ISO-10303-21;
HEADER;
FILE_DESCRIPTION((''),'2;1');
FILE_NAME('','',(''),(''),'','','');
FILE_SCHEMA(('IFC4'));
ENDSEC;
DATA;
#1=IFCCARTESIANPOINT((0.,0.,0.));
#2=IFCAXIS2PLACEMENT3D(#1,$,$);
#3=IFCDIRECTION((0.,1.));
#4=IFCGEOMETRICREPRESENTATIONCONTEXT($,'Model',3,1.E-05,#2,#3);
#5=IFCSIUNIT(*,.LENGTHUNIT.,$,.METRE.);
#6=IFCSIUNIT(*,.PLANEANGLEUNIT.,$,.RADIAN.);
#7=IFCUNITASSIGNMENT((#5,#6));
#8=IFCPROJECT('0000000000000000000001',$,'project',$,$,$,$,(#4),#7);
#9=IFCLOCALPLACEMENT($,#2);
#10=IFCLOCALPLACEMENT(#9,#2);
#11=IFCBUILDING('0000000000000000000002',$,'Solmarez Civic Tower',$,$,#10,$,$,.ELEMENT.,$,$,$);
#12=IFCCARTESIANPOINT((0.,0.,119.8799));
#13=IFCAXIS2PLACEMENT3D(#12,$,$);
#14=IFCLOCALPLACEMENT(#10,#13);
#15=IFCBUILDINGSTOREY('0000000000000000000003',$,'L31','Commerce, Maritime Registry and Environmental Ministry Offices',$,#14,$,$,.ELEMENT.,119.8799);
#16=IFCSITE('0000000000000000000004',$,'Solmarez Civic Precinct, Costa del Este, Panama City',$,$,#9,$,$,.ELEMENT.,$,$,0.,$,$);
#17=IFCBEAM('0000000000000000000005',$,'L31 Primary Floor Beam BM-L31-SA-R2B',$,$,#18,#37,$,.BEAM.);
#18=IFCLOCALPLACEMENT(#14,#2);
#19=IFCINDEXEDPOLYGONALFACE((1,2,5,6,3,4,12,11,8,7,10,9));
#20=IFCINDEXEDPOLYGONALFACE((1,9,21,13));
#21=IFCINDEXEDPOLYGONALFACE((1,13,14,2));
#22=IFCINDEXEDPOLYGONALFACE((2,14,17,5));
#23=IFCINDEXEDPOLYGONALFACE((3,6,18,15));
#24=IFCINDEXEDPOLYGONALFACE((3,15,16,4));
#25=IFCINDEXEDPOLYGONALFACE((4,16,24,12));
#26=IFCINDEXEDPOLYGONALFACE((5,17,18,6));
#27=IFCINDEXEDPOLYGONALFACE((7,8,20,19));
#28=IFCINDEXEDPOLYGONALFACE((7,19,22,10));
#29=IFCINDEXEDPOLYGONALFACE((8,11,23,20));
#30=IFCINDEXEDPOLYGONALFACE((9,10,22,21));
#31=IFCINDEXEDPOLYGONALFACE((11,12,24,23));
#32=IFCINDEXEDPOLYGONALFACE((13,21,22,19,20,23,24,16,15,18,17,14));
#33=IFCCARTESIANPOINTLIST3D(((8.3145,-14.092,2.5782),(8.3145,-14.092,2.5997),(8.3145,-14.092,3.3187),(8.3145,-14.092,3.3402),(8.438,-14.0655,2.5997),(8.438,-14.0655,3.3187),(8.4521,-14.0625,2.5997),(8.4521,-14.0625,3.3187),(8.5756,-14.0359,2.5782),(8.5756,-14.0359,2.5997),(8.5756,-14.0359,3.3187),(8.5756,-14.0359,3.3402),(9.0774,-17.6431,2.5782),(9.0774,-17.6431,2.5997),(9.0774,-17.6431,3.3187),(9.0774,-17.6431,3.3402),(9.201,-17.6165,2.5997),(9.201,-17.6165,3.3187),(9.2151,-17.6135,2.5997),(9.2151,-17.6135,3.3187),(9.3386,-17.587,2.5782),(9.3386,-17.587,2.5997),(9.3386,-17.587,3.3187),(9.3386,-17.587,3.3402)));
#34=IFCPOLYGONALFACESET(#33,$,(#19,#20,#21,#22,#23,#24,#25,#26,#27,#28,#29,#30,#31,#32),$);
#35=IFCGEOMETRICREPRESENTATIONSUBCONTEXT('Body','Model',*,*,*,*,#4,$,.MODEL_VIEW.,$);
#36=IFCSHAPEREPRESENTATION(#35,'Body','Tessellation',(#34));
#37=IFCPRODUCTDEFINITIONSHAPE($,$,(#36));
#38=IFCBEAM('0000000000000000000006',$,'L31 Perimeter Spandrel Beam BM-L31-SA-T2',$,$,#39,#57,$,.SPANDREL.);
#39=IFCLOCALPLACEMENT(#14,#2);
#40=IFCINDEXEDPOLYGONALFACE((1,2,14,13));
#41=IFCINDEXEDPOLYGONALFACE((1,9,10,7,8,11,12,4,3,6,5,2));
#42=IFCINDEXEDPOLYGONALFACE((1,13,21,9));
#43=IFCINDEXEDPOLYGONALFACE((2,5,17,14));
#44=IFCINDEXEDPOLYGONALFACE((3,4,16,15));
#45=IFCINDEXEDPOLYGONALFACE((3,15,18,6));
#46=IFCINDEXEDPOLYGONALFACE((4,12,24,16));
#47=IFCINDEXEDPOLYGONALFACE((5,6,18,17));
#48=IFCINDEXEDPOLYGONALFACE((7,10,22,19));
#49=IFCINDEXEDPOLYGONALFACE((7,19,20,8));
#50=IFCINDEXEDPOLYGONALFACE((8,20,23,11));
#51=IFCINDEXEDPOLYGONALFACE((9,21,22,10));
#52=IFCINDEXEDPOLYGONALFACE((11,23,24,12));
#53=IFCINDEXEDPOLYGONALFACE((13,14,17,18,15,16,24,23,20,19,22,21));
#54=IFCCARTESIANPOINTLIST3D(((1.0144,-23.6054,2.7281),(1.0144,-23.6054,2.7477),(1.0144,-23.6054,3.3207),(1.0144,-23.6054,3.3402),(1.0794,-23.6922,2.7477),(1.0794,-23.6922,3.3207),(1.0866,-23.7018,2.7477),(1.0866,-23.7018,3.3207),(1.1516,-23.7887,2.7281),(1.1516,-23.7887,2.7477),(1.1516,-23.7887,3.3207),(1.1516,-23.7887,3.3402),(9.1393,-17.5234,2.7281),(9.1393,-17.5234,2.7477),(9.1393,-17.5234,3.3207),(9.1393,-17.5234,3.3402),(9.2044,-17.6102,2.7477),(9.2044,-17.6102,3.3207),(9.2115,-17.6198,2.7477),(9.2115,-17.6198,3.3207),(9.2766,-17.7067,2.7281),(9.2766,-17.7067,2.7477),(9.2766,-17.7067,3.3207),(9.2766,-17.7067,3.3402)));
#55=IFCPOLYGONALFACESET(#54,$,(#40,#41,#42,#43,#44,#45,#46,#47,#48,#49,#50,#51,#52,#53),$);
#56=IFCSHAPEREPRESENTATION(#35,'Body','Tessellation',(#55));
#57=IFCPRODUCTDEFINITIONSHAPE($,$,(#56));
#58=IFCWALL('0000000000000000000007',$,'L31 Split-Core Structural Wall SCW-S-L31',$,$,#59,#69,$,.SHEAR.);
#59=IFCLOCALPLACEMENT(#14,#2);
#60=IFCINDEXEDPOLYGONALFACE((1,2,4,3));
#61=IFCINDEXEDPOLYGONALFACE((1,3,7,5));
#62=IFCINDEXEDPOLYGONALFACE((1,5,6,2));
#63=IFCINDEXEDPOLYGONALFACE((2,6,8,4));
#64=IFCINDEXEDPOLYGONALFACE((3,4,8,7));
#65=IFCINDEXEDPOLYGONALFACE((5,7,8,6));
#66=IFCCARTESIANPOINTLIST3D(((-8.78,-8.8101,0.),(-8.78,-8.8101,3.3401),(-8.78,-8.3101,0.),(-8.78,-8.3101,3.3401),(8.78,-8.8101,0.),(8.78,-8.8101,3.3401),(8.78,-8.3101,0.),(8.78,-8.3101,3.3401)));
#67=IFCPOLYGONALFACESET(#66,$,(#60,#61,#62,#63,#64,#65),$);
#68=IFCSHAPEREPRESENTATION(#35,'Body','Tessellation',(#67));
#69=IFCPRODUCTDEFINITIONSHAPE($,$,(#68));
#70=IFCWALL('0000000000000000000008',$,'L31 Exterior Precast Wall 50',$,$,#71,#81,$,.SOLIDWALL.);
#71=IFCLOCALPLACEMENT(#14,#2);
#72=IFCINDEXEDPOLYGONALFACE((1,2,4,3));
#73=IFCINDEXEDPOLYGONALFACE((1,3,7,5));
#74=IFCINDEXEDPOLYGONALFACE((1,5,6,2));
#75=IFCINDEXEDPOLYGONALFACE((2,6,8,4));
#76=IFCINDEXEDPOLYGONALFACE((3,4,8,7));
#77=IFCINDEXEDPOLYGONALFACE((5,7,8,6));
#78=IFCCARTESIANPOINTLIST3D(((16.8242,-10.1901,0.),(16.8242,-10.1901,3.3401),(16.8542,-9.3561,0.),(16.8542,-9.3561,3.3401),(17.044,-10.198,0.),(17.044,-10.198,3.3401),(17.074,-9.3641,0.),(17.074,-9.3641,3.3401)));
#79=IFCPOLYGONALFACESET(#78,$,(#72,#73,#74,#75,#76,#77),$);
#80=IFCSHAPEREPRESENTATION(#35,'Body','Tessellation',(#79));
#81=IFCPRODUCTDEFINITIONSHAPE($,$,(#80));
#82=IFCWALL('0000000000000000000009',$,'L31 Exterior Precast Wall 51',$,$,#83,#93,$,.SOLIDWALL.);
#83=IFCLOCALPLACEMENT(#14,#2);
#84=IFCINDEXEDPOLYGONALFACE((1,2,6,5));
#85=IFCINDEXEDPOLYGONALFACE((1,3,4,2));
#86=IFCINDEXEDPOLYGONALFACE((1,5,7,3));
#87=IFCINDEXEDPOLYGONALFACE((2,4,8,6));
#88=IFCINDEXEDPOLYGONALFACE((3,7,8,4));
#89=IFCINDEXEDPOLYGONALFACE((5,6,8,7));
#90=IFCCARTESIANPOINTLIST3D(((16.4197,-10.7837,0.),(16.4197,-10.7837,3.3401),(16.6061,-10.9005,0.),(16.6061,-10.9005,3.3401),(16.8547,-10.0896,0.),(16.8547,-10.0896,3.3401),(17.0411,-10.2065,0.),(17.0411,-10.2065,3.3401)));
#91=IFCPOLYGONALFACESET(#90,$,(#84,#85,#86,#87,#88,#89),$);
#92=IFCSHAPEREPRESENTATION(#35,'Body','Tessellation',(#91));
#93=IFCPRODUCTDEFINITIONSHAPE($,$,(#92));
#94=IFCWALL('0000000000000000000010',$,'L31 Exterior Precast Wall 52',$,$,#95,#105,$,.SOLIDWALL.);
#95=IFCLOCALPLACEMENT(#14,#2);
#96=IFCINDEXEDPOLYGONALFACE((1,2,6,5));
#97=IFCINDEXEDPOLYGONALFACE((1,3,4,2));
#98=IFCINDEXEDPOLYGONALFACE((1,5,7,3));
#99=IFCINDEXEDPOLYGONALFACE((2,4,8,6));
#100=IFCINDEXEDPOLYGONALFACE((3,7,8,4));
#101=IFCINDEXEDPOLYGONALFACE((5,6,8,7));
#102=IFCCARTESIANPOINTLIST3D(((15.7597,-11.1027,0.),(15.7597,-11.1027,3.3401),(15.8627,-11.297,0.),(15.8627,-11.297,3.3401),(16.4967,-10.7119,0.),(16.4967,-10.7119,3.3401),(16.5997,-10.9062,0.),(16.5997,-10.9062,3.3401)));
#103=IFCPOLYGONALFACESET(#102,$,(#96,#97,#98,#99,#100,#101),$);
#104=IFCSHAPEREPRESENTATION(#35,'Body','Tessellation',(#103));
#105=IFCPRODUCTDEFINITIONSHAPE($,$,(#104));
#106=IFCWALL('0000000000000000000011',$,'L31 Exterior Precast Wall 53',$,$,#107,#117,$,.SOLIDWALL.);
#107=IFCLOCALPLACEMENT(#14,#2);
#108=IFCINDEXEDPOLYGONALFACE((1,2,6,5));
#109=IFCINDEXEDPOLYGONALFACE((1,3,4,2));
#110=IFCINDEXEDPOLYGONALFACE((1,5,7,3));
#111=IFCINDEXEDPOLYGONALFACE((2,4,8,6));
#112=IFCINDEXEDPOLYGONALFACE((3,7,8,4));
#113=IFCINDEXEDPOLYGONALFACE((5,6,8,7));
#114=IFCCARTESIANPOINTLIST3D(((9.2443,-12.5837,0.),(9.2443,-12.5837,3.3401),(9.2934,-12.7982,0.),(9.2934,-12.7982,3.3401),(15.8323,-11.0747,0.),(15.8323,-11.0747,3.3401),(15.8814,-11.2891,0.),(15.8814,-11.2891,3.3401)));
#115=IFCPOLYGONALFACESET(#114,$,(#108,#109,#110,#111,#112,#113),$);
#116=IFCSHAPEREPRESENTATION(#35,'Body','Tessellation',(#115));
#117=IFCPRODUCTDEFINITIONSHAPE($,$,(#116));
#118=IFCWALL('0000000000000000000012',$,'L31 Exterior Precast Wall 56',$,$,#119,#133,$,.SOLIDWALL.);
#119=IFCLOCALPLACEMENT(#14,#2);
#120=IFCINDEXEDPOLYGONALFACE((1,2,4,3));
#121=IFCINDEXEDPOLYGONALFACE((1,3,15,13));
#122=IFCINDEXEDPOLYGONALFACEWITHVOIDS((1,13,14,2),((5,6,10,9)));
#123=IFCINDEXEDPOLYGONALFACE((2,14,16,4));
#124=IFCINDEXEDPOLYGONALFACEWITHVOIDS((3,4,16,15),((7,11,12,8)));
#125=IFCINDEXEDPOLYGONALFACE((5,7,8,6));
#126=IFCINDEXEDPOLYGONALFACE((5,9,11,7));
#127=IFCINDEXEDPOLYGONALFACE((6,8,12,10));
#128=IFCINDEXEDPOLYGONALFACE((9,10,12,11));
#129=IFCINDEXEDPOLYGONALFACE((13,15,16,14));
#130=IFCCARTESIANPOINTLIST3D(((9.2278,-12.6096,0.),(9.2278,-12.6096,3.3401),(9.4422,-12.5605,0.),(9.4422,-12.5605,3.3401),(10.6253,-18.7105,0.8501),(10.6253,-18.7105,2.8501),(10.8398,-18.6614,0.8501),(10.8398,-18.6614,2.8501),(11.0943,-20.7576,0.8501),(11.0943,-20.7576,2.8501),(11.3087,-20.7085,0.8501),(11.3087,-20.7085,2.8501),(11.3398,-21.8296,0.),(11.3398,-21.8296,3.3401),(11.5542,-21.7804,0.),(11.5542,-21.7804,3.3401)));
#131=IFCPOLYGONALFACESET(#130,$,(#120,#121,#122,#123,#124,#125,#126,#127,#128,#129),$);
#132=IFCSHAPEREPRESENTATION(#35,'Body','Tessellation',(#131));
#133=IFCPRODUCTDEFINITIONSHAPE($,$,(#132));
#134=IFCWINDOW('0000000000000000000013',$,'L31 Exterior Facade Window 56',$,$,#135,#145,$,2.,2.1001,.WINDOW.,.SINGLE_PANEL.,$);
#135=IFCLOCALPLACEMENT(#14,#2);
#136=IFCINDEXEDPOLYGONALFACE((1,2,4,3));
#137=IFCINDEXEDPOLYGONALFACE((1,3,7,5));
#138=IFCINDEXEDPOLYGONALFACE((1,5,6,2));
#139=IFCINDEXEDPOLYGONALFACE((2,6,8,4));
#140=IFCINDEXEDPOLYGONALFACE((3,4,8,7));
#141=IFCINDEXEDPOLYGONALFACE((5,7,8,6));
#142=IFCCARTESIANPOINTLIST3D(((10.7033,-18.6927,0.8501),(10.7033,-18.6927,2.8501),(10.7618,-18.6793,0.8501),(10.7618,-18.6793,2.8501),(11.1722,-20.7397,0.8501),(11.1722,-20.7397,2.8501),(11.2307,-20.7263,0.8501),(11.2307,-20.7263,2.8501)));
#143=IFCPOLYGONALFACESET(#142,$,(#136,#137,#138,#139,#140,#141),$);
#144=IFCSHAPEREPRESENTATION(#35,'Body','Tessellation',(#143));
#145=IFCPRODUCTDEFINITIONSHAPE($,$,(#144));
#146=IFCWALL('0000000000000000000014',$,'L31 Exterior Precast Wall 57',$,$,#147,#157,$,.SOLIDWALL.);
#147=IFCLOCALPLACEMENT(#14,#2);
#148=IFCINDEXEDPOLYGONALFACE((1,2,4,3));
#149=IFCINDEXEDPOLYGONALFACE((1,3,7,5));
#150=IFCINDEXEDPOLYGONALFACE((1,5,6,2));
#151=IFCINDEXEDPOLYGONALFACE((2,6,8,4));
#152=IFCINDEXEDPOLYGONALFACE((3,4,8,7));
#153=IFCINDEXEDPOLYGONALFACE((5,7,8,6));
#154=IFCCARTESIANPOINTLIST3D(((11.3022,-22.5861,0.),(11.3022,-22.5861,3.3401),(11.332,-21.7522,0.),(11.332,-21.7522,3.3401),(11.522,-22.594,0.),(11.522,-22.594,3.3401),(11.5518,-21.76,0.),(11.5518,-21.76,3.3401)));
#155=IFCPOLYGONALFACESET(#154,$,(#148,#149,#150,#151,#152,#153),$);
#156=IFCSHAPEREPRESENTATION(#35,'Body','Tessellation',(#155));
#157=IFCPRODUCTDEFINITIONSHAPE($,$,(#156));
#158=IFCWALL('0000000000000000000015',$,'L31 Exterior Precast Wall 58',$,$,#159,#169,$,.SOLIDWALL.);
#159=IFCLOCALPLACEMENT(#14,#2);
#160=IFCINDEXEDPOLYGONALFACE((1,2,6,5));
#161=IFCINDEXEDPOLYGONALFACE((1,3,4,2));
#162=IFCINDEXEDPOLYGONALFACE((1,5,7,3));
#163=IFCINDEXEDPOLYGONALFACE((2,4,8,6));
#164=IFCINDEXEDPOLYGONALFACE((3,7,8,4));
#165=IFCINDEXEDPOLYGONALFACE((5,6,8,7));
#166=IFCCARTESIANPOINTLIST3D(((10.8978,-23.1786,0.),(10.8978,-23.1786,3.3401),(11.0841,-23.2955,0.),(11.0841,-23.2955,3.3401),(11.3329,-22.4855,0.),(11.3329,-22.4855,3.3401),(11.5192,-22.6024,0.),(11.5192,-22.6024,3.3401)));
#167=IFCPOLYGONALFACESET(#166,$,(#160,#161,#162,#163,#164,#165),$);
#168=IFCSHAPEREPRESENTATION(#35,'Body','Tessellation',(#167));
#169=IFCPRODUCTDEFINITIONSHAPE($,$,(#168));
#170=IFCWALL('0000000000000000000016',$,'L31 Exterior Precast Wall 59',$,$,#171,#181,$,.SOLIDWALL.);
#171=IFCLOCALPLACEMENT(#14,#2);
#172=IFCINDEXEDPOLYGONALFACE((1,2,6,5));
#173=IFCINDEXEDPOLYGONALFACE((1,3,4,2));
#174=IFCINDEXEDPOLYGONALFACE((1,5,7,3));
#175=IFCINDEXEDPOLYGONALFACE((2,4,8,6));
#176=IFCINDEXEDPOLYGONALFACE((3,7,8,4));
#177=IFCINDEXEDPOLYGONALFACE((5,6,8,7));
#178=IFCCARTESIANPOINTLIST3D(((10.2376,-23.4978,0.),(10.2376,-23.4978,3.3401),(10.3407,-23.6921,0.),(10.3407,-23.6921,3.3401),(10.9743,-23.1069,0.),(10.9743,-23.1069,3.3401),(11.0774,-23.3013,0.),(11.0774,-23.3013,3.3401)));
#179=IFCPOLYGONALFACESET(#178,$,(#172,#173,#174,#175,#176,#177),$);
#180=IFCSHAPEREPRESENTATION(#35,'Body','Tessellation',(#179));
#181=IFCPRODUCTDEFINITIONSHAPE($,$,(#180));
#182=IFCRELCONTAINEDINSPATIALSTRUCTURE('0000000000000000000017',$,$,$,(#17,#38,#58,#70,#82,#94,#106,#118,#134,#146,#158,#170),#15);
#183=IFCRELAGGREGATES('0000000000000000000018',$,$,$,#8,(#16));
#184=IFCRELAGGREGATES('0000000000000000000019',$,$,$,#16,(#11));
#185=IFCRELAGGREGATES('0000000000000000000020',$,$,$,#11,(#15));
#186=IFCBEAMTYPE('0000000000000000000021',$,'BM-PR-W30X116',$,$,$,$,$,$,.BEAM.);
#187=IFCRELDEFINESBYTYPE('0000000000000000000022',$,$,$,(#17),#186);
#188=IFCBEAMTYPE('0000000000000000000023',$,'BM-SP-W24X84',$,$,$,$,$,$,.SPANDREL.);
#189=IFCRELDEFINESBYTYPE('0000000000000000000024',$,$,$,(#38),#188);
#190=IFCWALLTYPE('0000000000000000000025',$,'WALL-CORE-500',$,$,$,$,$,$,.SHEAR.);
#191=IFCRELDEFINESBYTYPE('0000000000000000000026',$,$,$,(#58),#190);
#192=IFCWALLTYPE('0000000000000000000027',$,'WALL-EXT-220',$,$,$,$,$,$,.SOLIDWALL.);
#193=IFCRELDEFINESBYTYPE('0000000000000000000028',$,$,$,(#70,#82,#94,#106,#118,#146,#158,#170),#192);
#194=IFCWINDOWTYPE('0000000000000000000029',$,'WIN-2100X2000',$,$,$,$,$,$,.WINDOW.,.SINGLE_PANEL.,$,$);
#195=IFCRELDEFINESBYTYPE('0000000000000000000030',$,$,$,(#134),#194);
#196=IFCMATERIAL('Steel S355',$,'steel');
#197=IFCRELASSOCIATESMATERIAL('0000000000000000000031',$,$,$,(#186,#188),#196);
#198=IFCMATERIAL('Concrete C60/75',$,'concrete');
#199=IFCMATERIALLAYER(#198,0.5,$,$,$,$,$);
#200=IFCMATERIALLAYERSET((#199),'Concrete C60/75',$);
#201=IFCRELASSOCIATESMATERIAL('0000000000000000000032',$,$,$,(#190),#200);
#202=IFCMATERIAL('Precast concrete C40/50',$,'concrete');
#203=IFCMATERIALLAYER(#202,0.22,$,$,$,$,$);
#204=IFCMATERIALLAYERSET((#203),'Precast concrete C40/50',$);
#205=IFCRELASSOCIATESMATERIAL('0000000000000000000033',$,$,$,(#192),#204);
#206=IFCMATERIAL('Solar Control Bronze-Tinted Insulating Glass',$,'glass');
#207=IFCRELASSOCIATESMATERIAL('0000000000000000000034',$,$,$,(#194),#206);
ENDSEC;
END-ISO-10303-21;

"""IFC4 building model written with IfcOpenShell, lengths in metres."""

from ifc_helpers import new_model, si_unit, direction, frame, frame_2d, origin, origin_2d, place, context, subcontext, project, spatial, rectangle, i_section, extrude, material, layer, layer_set, material_profile, profile_set, type_object, element, fill, save


model = new_model("IFC4")

# Units and contexts
model_context = context("Model", 3, precision=1e-05, world=origin(), true_north=direction((0.0, 1.0)))
body_context = subcontext(model_context, "Body", "Model", "MODEL_VIEW")
ifc_project = project(units=[si_unit("LENGTHUNIT", "METRE"), si_unit("PLANEANGLEUNIT", "RADIAN")], contexts=[model_context])

# Site, building, storey
site_placement = place(None, origin())
site = spatial("IfcSite", under=ifc_project, at=site_placement, Name="Solmarez Civic Precinct, Costa del Este, Panama City", CompositionType="ELEMENT", RefElevation=0.0)
building_placement = place(site_placement, origin())
building = spatial("IfcBuilding", under=site, at=building_placement, Name="Solmarez Civic Tower", CompositionType="ELEMENT")
storey_placement = place(building_placement, frame((0.0, 0.0, 119.8799)))
storey = spatial("IfcBuildingStorey", under=building, at=storey_placement, Name="L31", Description="Commerce, Maritime Registry and Environmental Ministry Offices", CompositionType="ELEMENT", Elevation=119.8799)

# Beams
ifc_material_1 = material(Name="Steel S355", Category="steel")
ifc_material_profile_1 = material_profile(ifc_material_1, i_section(OverallWidth=0.2671, OverallDepth=0.762, WebThickness=0.0144, FlangeThickness=0.0215, at=origin_2d()), Name="W30X116")
ifc_profile_set_1 = profile_set([ifc_material_profile_1], Name="Steel S355")
beam_type_1 = type_object("IfcBeamType", Name="BM-PR-W30X116", PredefinedType="BEAM", material=ifc_profile_set_1)
beam_1_placement = place(storey_placement, frame((8.4451, -14.064, 2.9592), z_axis=(0.210057, -0.977689, 0.0), x_axis=(0.977689, 0.210057, 0.0)))
element("IfcBeam", 1, at=beam_1_placement, inside=storey, type_object=beam_type_1, Name="L31 Primary Floor Beam BM-L31-SA-R2B", PredefinedType="BEAM", context=body_context, shape_type="SweptSolid", body=[
    extrude(i_section(OverallWidth=0.2671, OverallDepth=0.762, WebThickness=0.0144, FlangeThickness=0.0215, at=origin_2d()), origin(), (0.0, 0.0, 1.0), 3.6321),
])
ifc_material_profile_2 = material_profile(ifc_material_1, i_section(OverallWidth=0.229, OverallDepth=0.6121, WebThickness=0.012, FlangeThickness=0.0195, at=origin_2d()), Name="W24X84")
ifc_profile_set_2 = profile_set([ifc_material_profile_2], Name="Steel S355")
beam_type_2 = type_object("IfcBeamType", Name="BM-SP-W24X84", PredefinedType="SPANDREL", material=ifc_profile_set_2)
beam_2_placement = place(storey_placement, frame((1.083, -23.697, 3.0342), z_axis=(0.800554, 0.599261, 0.0), x_axis=(-0.599261, 0.800554, 0.0)))
element("IfcBeam", 2, at=beam_2_placement, inside=storey, type_object=beam_type_2, Name="L31 Perimeter Spandrel Beam BM-L31-SA-T2", PredefinedType="SPANDREL", context=body_context, shape_type="SweptSolid", body=[
    extrude(i_section(OverallWidth=0.229, OverallDepth=0.6121, WebThickness=0.012, FlangeThickness=0.0195, at=origin_2d()), origin(), (0.0, 0.0, 1.0), 10.1492),
])

# Walls
ifc_material_2 = material(Name="Concrete C60/75", Category="concrete")
ifc_layer_1 = layer(ifc_material_2, 0.5)
ifc_layer_set_1 = layer_set([ifc_layer_1], Name="Concrete C60/75")
wall_type_1 = type_object("IfcWallType", Name="WALL-CORE-500", PredefinedType="SHEAR", material=ifc_layer_set_1)
wall_1_placement = place(storey_placement, frame((8.78, -8.5601, 0.0), z_axis=(0.0, 0.0, 1.0), x_axis=(-1.0, 0.0, 0.0)))
element("IfcWall", 3, at=wall_1_placement, inside=storey, type_object=wall_type_1, Name="L31 Split-Core Structural Wall SCW-S-L31", PredefinedType="SHEAR", context=body_context, shape_type="SweptSolid", body=[
    extrude(rectangle(XDim=17.5601, YDim=0.5, at=frame_2d((8.78, 0.0))), origin(), (0.0, 0.0, 1.0), 3.3401),
])
ifc_material_3 = material(Name="Precast concrete C40/50", Category="concrete")
ifc_layer_2 = layer(ifc_material_3, 0.22)
ifc_layer_set_2 = layer_set([ifc_layer_2], Name="Precast concrete C40/50")
wall_type_2 = type_object("IfcWallType", Name="WALL-EXT-220", PredefinedType="SOLIDWALL", material=ifc_layer_set_2)
wall_2_placement = place(storey_placement, frame((16.9641, -9.3601, 0.0), z_axis=(0.0, 0.0, 1.0), x_axis=(-0.035984, -0.999352, 0.0)))
element("IfcWall", 4, at=wall_2_placement, inside=storey, type_object=wall_type_2, Name="L31 Exterior Precast Wall 50", PredefinedType="SOLIDWALL", context=body_context, shape_type="SweptSolid", body=[
    extrude(rectangle(XDim=0.8345, YDim=0.22, at=frame_2d((0.4172, 0.0))), origin(), (0.0, 0.0, 1.0), 3.3401),
])
wall_3_placement = place(storey_placement, frame((16.948, -10.1479, 0.0), z_axis=(0.0, 0.0, 1.0), x_axis=(-0.531097, -0.847311, 0.0)))
element("IfcWall", 5, at=wall_3_placement, inside=storey, type_object=wall_type_2, Name="L31 Exterior Precast Wall 51", PredefinedType="SOLIDWALL", context=body_context, shape_type="SweptSolid", body=[
    extrude(rectangle(XDim=0.8191, YDim=0.22, at=frame_2d((0.4097, 0.0))), origin(), (0.0, 0.0, 1.0), 3.3401),
])
wall_4_placement = place(storey_placement, frame((16.5481, -10.8091, 0.0), z_axis=(0.0, 0.0, 1.0), x_axis=(-0.88346, -0.468506, 0.0)))
element("IfcWall", 6, at=wall_4_placement, inside=storey, type_object=wall_type_2, Name="L31 Exterior Precast Wall 52", PredefinedType="SOLIDWALL", context=body_context, shape_type="SweptSolid", body=[
    extrude(rectangle(XDim=0.8342, YDim=0.22, at=frame_2d((0.417, 0.0))), origin(), (0.0, 0.0, 1.0), 3.3401),
])
wall_5_placement = place(storey_placement, frame((15.8569, -11.1819, 0.0), z_axis=(0.0, 0.0, 1.0), x_axis=(-0.974755, -0.223279, 0.0)))
element("IfcWall", 7, at=wall_5_placement, inside=storey, type_object=wall_type_2, Name="L31 Exterior Precast Wall 53", PredefinedType="SOLIDWALL", context=body_context, shape_type="SweptSolid", body=[
    extrude(rectangle(XDim=6.7585, YDim=0.22, at=frame_2d((3.3794, 0.0))), origin(), (0.0, 0.0, 1.0), 3.3401),
])

# Wall, opening, window
wall_6_placement = place(storey_placement, frame((9.335, -12.585, 0.0), z_axis=(0.0, 0.0, 1.0), x_axis=(0.223291, -0.974752, 0.0)))
wall_6 = element("IfcWall", 8, at=wall_6_placement, inside=storey, type_object=wall_type_2, Name="L31 Exterior Precast Wall 56", PredefinedType="SOLIDWALL", context=body_context, shape_type="SweptSolid", body=[
    extrude(rectangle(XDim=9.4587, YDim=0.22, at=frame_2d((4.7295, 0.0))), origin(), (0.0, 0.0, 1.0), 3.3401),
])
opening_1_placement = place(wall_6_placement, frame((6.259, 0.0, 0.8501)))
opening_1 = element("IfcOpeningElement", 9, at=opening_1_placement, cuts=wall_6, PredefinedType="OPENING", context=body_context, shape_type="SweptSolid", body=[
    extrude(rectangle(XDim=2.1001, YDim=2.0, at=frame_2d((1.05, 1.0))), frame((0.0, 0.1199, 0.0), z_axis=(0.0, -1.0, 0.0), x_axis=(1.0, 0.0, 0.0)), (0.0, 0.0, 1.0), 0.24),
])
ifc_material_4 = material(Name="Solar Control Bronze-Tinted Insulating Glass", Category="glass")
window_type_1 = type_object("IfcWindowType", Name="WIN-2100X2000", PartitioningType="SINGLE_PANEL", PredefinedType="WINDOW", material=ifc_material_4)
window_1_placement = place(opening_1_placement, origin())
window_1 = element("IfcWindow", 10, at=window_1_placement, inside=storey, type_object=window_type_1, Name="L31 Exterior Facade Window 56", OverallHeight=2.0, OverallWidth=2.1001, PartitioningType="SINGLE_PANEL", PredefinedType="WINDOW", context=body_context, shape_type="SweptSolid", body=[
    extrude(rectangle(XDim=2.1001, YDim=2.0, at=frame_2d((1.05, 1.0))), frame((0.0, 0.03, 0.0), z_axis=(0.0, -1.0, 0.0), x_axis=(1.0, 0.0, 0.0)), (0.0, 0.0, 1.0), 0.0601),
])
fill(opening_1, window_1)

# Walls
wall_7_placement = place(storey_placement, frame((11.4419, -21.7561, 0.0), z_axis=(0.0, 0.0, 1.0), x_axis=(-0.035692, -0.999363, 0.0)))
element("IfcWall", 11, at=wall_7_placement, inside=storey, type_object=wall_type_2, Name="L31 Exterior Precast Wall 57", PredefinedType="SOLIDWALL", context=body_context, shape_type="SweptSolid", body=[
    extrude(rectangle(XDim=0.8345, YDim=0.22, at=frame_2d((0.4172, 0.0))), origin(), (0.0, 0.0, 1.0), 3.3401),
])
wall_8_placement = place(storey_placement, frame((11.426, -22.5439, 0.0), z_axis=(0.0, 0.0, 1.0), x_axis=(-0.531634, -0.846974, 0.0)))
element("IfcWall", 12, at=wall_8_placement, inside=storey, type_object=wall_type_2, Name="L31 Exterior Precast Wall 58", PredefinedType="SOLIDWALL", context=body_context, shape_type="SweptSolid", body=[
    extrude(rectangle(XDim=0.8184, YDim=0.22, at=frame_2d((0.4092, 0.0))), origin(), (0.0, 0.0, 1.0), 3.3401),
])
wall_9_placement = place(storey_placement, frame((11.0259, -23.2041, 0.0), z_axis=(0.0, 0.0, 1.0), x_axis=(-0.883396, -0.468627, 0.0)))
element("IfcWall", 13, at=wall_9_placement, inside=storey, type_object=wall_type_2, Name="L31 Exterior Precast Wall 59", PredefinedType="SOLIDWALL", context=body_context, shape_type="SweptSolid", body=[
    extrude(rectangle(XDim=0.834, YDim=0.22, at=frame_2d((0.417, 0.0))), origin(), (0.0, 0.0, 1.0), 3.3401),
])

save(model, "model.ifc")
